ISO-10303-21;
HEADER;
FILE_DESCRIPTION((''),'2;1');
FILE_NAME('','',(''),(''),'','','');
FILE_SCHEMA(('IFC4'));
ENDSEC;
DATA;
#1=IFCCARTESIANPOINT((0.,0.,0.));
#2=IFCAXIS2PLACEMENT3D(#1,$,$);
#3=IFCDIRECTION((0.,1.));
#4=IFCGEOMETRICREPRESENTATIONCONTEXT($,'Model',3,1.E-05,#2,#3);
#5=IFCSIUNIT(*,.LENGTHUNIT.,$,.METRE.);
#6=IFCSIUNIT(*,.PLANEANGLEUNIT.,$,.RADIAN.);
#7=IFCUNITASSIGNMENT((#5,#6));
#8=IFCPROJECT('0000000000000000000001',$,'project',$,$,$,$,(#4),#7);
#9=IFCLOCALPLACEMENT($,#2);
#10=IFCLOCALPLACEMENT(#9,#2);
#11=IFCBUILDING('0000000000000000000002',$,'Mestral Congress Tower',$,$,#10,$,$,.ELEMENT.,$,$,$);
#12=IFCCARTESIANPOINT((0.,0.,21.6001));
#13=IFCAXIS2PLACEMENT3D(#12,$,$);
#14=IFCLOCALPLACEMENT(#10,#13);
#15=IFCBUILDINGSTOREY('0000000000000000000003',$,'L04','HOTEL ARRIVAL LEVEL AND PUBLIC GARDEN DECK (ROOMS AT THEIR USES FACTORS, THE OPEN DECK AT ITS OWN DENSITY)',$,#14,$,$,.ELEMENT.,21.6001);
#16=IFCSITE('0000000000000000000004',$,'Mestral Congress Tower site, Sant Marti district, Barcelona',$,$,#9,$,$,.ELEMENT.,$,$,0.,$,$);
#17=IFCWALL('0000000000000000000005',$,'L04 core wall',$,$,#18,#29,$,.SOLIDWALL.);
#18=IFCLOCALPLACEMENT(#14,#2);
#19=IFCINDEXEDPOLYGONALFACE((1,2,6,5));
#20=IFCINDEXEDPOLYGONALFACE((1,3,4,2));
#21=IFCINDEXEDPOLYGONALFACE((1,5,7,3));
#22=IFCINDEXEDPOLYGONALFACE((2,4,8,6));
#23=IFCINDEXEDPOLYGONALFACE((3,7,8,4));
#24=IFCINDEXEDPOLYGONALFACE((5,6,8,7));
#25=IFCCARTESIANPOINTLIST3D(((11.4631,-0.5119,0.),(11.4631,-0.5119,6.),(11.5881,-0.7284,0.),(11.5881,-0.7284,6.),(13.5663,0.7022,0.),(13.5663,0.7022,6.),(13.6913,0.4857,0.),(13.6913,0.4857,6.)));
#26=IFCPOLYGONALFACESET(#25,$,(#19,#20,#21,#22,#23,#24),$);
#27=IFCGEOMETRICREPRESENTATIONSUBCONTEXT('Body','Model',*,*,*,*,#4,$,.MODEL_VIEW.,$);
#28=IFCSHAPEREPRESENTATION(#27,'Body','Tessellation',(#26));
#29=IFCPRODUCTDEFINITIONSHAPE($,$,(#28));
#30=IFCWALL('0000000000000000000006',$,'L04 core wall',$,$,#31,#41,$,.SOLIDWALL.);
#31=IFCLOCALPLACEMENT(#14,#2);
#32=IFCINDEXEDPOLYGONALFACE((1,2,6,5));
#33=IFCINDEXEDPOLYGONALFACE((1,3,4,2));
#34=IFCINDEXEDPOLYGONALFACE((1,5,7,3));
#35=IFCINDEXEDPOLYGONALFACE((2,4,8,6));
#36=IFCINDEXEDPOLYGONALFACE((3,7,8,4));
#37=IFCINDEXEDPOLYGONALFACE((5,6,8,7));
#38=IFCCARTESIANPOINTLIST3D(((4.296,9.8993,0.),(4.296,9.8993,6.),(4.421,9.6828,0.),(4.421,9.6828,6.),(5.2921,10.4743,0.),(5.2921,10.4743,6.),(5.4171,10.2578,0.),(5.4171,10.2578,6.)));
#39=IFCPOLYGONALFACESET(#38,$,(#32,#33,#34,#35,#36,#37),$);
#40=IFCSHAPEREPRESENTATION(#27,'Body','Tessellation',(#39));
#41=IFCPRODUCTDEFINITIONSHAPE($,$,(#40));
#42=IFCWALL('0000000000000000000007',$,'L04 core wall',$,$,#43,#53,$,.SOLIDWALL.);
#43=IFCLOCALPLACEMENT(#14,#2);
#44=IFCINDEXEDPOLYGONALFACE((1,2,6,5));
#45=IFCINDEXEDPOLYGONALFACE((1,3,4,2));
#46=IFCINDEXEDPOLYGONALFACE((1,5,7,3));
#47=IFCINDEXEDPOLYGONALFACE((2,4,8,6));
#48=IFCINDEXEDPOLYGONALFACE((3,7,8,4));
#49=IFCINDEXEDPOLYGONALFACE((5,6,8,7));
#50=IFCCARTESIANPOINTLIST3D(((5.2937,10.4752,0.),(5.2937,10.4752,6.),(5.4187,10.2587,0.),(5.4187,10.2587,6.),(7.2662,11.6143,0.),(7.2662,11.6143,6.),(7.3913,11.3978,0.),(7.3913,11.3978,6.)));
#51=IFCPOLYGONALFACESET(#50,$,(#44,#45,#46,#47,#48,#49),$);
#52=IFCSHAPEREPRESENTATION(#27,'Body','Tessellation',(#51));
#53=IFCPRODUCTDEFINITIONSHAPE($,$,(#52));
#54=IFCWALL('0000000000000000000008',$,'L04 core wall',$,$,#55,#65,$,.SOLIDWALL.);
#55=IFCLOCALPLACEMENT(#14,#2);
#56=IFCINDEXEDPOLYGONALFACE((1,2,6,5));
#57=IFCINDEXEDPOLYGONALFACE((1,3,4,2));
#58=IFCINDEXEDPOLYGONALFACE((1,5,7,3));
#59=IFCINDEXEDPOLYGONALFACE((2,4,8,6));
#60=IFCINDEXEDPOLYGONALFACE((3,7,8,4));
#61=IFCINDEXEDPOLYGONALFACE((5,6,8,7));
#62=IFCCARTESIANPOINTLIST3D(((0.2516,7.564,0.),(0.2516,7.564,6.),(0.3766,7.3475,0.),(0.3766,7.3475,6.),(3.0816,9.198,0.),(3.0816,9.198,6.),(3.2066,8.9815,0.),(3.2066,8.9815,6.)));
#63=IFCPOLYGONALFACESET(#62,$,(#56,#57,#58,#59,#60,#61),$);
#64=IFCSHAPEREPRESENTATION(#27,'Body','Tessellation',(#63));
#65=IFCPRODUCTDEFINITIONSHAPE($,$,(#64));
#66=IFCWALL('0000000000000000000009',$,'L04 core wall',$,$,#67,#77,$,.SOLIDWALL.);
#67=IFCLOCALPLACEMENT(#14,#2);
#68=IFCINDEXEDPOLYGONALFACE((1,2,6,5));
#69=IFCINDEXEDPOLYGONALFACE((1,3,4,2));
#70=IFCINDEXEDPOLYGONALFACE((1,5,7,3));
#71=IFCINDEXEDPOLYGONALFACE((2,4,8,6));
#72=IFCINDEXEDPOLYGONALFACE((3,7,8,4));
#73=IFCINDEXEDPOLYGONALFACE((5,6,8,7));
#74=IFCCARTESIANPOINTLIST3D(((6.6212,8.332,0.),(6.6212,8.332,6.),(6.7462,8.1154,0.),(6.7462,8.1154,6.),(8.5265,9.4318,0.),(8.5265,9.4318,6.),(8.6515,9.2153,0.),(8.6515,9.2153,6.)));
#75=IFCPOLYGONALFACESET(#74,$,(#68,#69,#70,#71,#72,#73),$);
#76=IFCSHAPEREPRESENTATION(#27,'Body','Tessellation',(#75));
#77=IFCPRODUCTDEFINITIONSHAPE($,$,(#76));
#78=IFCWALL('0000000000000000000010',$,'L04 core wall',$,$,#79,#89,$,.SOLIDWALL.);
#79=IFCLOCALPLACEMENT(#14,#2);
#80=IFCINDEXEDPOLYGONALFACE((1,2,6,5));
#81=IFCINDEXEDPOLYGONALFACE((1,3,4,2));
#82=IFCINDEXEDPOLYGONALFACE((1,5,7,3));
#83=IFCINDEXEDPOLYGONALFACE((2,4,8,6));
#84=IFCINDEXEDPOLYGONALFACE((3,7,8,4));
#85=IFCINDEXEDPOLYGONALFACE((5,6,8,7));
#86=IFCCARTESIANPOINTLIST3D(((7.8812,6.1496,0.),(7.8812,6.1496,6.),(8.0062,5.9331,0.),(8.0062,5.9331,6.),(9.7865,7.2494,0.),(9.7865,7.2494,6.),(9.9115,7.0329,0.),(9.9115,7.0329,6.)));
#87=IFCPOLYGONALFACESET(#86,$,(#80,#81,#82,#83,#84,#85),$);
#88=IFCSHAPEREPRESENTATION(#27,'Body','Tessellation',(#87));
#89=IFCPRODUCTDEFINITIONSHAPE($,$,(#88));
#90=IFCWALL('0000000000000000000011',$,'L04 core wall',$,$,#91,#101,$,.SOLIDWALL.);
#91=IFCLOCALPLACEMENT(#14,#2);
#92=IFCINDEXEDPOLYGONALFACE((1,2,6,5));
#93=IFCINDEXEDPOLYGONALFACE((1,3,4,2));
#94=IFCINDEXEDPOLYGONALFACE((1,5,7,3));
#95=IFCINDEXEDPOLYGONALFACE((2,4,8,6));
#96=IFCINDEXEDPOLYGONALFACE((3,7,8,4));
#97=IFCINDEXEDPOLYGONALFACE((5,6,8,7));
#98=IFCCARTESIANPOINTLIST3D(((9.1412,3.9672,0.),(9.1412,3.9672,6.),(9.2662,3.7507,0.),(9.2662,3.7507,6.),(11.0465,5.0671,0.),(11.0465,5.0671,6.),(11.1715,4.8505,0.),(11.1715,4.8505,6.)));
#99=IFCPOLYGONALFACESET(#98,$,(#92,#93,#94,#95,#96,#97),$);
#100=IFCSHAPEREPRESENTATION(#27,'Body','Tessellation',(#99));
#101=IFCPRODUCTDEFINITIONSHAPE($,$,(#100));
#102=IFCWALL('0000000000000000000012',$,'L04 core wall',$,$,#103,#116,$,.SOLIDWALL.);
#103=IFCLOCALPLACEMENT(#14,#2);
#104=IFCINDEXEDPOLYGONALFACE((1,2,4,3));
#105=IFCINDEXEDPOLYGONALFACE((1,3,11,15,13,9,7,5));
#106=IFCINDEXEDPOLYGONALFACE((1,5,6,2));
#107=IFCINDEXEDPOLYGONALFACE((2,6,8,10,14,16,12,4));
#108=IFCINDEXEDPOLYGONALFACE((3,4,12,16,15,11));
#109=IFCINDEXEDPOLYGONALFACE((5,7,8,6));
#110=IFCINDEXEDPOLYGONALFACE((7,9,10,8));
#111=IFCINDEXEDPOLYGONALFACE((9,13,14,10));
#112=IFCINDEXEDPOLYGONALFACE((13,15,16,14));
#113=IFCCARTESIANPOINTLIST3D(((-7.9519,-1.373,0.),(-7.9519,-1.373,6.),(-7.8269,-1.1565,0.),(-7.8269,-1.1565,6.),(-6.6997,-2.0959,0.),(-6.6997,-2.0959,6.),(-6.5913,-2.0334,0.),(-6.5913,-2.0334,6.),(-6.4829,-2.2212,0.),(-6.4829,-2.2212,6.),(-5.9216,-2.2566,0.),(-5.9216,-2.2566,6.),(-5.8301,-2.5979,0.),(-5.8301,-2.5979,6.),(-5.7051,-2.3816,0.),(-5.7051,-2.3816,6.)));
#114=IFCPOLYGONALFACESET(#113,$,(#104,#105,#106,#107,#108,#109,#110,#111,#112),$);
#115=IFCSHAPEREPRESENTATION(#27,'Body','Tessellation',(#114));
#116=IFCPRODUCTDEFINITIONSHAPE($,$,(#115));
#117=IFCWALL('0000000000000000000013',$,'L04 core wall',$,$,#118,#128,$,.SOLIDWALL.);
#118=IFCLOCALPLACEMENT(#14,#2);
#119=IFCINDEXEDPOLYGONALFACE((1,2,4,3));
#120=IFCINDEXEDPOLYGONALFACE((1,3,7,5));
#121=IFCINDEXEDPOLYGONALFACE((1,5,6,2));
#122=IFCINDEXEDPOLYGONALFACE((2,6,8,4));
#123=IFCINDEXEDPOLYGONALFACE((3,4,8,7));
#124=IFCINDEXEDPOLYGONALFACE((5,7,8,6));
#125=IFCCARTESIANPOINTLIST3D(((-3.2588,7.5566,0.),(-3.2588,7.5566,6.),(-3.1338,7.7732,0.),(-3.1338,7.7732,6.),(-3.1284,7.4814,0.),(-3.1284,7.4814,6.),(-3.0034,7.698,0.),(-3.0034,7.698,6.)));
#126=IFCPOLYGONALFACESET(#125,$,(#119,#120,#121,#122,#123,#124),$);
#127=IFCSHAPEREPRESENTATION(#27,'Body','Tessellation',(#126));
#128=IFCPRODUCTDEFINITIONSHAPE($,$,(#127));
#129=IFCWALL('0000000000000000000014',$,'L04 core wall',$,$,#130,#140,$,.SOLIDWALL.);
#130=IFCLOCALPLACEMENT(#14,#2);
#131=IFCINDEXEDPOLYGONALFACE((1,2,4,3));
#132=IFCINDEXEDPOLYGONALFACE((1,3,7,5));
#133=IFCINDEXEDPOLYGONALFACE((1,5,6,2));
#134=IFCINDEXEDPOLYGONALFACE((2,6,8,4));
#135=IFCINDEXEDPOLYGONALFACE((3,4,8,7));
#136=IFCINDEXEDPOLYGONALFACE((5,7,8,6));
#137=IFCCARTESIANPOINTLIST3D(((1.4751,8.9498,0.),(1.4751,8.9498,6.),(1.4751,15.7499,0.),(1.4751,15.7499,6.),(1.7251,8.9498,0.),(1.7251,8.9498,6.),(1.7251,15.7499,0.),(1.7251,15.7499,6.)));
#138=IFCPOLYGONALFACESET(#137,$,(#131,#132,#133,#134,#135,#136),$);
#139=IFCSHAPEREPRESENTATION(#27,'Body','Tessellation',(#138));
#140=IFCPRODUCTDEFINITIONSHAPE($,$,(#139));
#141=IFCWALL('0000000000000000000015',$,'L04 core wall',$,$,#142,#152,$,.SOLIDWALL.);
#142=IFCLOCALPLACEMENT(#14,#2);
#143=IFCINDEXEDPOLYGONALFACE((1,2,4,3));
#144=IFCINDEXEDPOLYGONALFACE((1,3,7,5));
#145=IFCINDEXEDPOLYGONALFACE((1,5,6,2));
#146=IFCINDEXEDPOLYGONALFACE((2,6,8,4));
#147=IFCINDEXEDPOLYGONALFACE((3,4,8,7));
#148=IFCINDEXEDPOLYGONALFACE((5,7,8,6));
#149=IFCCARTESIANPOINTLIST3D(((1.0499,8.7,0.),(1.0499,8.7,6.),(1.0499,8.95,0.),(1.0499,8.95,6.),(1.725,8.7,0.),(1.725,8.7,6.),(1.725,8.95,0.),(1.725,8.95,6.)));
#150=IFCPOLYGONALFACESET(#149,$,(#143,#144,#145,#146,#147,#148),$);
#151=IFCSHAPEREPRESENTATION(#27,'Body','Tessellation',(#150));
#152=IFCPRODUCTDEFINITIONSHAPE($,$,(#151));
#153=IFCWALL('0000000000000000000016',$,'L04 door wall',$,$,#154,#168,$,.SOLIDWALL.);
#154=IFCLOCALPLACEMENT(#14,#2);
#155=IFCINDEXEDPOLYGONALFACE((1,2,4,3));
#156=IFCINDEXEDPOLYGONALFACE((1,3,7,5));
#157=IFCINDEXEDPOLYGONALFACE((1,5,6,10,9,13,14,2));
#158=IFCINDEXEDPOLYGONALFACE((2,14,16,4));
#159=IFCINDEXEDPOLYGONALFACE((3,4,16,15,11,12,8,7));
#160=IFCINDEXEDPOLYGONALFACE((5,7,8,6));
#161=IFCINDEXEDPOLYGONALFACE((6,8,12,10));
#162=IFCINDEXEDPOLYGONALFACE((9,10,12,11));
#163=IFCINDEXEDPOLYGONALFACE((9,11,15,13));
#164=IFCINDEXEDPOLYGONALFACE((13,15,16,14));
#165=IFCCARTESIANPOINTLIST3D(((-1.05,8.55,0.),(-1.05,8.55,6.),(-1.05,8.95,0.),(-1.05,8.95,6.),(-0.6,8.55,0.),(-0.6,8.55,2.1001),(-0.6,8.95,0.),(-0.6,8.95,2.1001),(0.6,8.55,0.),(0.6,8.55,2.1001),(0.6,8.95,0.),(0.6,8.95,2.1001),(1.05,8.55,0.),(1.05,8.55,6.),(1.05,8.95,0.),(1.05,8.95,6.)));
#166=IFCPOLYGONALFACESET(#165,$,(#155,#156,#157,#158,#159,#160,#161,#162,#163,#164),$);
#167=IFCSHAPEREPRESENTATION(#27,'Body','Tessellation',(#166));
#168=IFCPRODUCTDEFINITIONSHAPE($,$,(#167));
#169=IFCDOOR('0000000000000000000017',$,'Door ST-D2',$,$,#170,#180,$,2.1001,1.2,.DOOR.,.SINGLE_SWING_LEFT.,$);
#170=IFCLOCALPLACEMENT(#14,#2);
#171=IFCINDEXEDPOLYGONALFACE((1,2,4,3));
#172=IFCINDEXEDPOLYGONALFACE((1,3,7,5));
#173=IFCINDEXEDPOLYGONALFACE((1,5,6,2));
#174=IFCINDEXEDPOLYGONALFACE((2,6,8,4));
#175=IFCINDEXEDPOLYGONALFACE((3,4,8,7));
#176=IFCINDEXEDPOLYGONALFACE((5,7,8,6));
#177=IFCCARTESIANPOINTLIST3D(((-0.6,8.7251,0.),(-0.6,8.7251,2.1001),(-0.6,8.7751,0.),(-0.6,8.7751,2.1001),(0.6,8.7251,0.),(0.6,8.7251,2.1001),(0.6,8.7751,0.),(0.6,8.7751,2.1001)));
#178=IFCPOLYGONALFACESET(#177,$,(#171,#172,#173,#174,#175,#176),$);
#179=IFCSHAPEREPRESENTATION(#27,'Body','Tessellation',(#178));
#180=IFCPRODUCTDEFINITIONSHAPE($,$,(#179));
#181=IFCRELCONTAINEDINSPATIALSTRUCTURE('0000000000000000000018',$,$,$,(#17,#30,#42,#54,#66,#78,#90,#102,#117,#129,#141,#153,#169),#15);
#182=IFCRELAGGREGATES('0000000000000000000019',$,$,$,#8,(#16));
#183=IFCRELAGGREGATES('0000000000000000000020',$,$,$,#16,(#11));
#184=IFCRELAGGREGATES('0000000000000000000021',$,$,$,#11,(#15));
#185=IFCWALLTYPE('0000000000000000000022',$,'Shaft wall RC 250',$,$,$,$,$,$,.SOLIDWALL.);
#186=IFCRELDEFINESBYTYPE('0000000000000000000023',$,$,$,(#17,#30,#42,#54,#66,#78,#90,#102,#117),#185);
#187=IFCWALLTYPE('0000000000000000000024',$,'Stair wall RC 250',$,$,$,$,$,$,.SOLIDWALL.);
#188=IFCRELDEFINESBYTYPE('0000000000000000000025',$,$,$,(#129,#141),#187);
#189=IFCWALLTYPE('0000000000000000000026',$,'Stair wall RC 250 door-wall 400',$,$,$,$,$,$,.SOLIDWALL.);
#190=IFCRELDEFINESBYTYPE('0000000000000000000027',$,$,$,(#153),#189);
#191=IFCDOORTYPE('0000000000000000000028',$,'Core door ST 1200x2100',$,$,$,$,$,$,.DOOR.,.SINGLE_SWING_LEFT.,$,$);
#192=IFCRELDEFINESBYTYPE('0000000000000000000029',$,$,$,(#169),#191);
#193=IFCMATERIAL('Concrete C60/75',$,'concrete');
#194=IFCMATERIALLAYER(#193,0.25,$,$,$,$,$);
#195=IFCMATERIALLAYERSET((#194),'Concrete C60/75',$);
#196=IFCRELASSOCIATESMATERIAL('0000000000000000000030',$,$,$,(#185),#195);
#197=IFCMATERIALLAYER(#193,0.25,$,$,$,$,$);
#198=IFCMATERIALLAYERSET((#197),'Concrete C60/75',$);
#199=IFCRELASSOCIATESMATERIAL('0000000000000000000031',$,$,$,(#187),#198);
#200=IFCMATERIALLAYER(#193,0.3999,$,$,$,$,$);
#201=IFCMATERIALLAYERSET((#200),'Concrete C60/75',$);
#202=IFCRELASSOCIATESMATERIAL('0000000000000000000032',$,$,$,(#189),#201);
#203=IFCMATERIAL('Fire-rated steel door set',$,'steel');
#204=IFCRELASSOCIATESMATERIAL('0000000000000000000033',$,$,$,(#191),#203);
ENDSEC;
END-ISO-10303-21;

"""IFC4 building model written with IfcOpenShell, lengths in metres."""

from ifc_helpers import new_model, si_unit, direction, frame, frame_2d, origin, place, context, subcontext, project, spatial, polyline, rectangle, outline, extrude, material, layer, layer_set, type_object, element, fill, save


model = new_model("IFC4")

# Units and contexts
model_context = context("Model", 3, precision=1e-05, world=origin(), true_north=direction((0.0, 1.0)))
body_context = subcontext(model_context, "Body", "Model", "MODEL_VIEW")
ifc_project = project(units=[si_unit("LENGTHUNIT", "METRE"), si_unit("PLANEANGLEUNIT", "RADIAN")], contexts=[model_context])

# Site, building, storey
site_placement = place(None, origin())
site = spatial("IfcSite", under=ifc_project, at=site_placement, Name="Mestral Congress Tower site, Sant Marti district, Barcelona", CompositionType="ELEMENT", RefElevation=0.0)
building_placement = place(site_placement, origin())
building = spatial("IfcBuilding", under=site, at=building_placement, Name="Mestral Congress Tower", CompositionType="ELEMENT")
storey_placement = place(building_placement, frame((0.0, 0.0, 21.6001)))
storey = spatial("IfcBuildingStorey", under=building, at=storey_placement, Name="L04", Description="HOTEL ARRIVAL LEVEL AND PUBLIC GARDEN DECK (ROOMS AT THEIR USES FACTORS, THE OPEN DECK AT ITS OWN DENSITY)", CompositionType="ELEMENT", Elevation=21.6001)

# Shared definitions
ifc_material_1 = material(Name="Fire-rated steel door set", Category="steel")

# Walls
ifc_material_2 = material(Name="Concrete C60/75", Category="concrete")
ifc_layer_1 = layer(ifc_material_2, 0.25)
ifc_layer_set_1 = layer_set([ifc_layer_1], Name="Concrete C60/75")
wall_type_1 = type_object("IfcWallType", Name="Shaft wall RC 250", PredefinedType="SOLIDWALL", material=ifc_layer_set_1)
wall_1_placement = place(storey_placement, frame((13.6289, 0.594, 0.0), z_axis=(0.0, 0.0, 1.0), x_axis=(-0.866063, -0.499934, 0.0)))
element("IfcWall", 1, at=wall_1_placement, inside=storey, type_object=wall_type_1, Name="L04 core wall", PredefinedType="SOLIDWALL", context=body_context, shape_type="SweptSolid", body=[
    extrude(rectangle(XDim=2.4285, YDim=0.25, at=frame_2d((1.2144, 0.0))), origin(), (0.0, 0.0, 1.0), 6.0),
])
wall_2_placement = place(storey_placement, frame((4.3584, 9.791, 0.0), z_axis=(0.0, 0.0, 1.0), x_axis=(0.86608, 0.499906, 0.0)))
element("IfcWall", 2, at=wall_2_placement, inside=storey, type_object=wall_type_1, Name="L04 core wall", PredefinedType="SOLIDWALL", context=body_context, shape_type="SweptSolid", body=[
    extrude(rectangle(XDim=1.1501, YDim=0.25, at=frame_2d((0.5752, 0.0))), origin(), (0.0, 0.0, 1.0), 6.0),
])
wall_3_placement = place(storey_placement, frame((5.3562, 10.3669, 0.0), z_axis=(0.0, 0.0, 1.0), x_axis=(0.865979, 0.500081, 0.0)))
element("IfcWall", 3, at=wall_3_placement, inside=storey, type_object=wall_type_1, Name="L04 core wall", PredefinedType="SOLIDWALL", context=body_context, shape_type="SweptSolid", body=[
    extrude(rectangle(XDim=2.2778, YDim=0.25, at=frame_2d((1.1389, 0.0))), origin(), (0.0, 0.0, 1.0), 6.0),
])
wall_4_placement = place(storey_placement, frame((0.3142, 7.4558, 0.0), z_axis=(0.0, 0.0, 1.0), x_axis=(0.866014, 0.50002, 0.0)))
element("IfcWall", 4, at=wall_4_placement, inside=storey, type_object=wall_type_1, Name="L04 core wall", PredefinedType="SOLIDWALL", context=body_context, shape_type="SweptSolid", body=[
    extrude(rectangle(XDim=3.2678, YDim=0.25, at=frame_2d((1.6338, 0.0))), origin(), (0.0, 0.0, 1.0), 6.0),
])
for number, where, z_axis, x_axis, name in (
    (5, (6.6836, 8.2236, 0.0), (0.0, 0.0, 1.0), (0.866056, 0.499947, 0.0), "L04 core wall"),
    (6, (7.9436, 6.0413, 0.0), (0.0, 0.0, 1.0), (0.866056, 0.499947, 0.0), "L04 core wall"),
    (7, (9.2036, 3.8589, 0.0), (0.0, 0.0, 1.0), (0.866056, 0.499947, 0.0), "L04 core wall"),
):
    element("IfcWall", number, at=place(storey_placement, frame(where, z_axis=z_axis, x_axis=x_axis)), inside=storey, type_object=wall_type_1, Name=name, PredefinedType="SOLIDWALL", context=body_context, shape_type="SweptSolid", body=[
        extrude(rectangle(XDim=2.2, YDim=0.25, at=frame_2d((1.1001, 0.0))), origin(), (0.0, 0.0, 1.0), 6.0),
    ])
placement_1 = place(storey_placement, origin())
element("IfcWall", 8, at=placement_1, inside=storey, type_object=wall_type_1, Name="L04 core wall", PredefinedType="SOLIDWALL", context=body_context, shape_type="SweptSolid", body=[
    extrude(outline(polyline([(-5.9216, -2.2566), (-5.9216, -2.2566), (-5.7051, -2.3816), (-5.8301, -2.5979), (-6.4829, -2.2212), (-6.5913, -2.0334), (-6.5913, -2.0334), (-6.6997, -2.0959), (-7.9519, -1.373), (-7.8269, -1.1565), (-5.9216, -2.2566)])), origin(), (0.0, 0.0, 1.0), 6.0),
])
element("IfcWall", 9, at=placement_1, inside=storey, type_object=wall_type_1, Name="L04 core wall", PredefinedType="SOLIDWALL", context=body_context, shape_type="SweptSolid", body=[
    extrude(outline(polyline([(-3.1284, 7.4814), (-3.2588, 7.5566), (-3.1338, 7.7732), (-3.0034, 7.698), (-3.1284, 7.4814)])), origin(), (0.0, 0.0, 1.0), 6.0),
])
ifc_layer_2 = layer(ifc_material_2, 0.25)
ifc_layer_set_2 = layer_set([ifc_layer_2], Name="Concrete C60/75")
wall_type_2 = type_object("IfcWallType", Name="Stair wall RC 250", PredefinedType="SOLIDWALL", material=ifc_layer_set_2)
wall_5_placement = place(storey_placement, frame((1.6001, 8.95, 0.0), z_axis=(0.0, 0.0, 1.0), x_axis=(0.0, 1.0, 0.0)))
element("IfcWall", 10, at=wall_5_placement, inside=storey, type_object=wall_type_2, Name="L04 core wall", PredefinedType="SOLIDWALL", context=body_context, shape_type="SweptSolid", body=[
    extrude(rectangle(XDim=6.8, YDim=0.25, at=frame_2d((3.3999, 0.0))), origin(), (0.0, 0.0, 1.0), 6.0),
])
wall_6_placement = place(storey_placement, frame((1.05, 8.825, 0.0), z_axis=(0.0, 0.0, 1.0), x_axis=(1.0, 0.0, 0.0)))
element("IfcWall", 11, at=wall_6_placement, inside=storey, type_object=wall_type_2, Name="L04 core wall", PredefinedType="SOLIDWALL", context=body_context, shape_type="SweptSolid", body=[
    extrude(rectangle(XDim=0.675, YDim=0.25, at=frame_2d((0.3374, 0.0))), origin(), (0.0, 0.0, 1.0), 6.0),
])

# Wall, opening, door
ifc_layer_3 = layer(ifc_material_2, 0.3999)
ifc_layer_set_3 = layer_set([ifc_layer_3], Name="Concrete C60/75")
wall_type_3 = type_object("IfcWallType", Name="Stair wall RC 250 door-wall 400", PredefinedType="SOLIDWALL", material=ifc_layer_set_3)
wall_7_placement = place(storey_placement, frame((1.05, 8.75, 0.0), z_axis=(0.0, 0.0, 1.0), x_axis=(-1.0, 0.0, 0.0)))
wall_7 = element("IfcWall", 12, at=wall_7_placement, inside=storey, type_object=wall_type_3, Name="L04 door wall", PredefinedType="SOLIDWALL", context=body_context, shape_type="SweptSolid", body=[
    extrude(rectangle(XDim=2.1001, YDim=0.3999, at=frame_2d((1.05, 0.0))), origin(), (0.0, 0.0, 1.0), 6.0),
])
opening_1_placement = place(wall_7_placement, frame((0.45, 0.0, 0.0)))
opening_1 = element("IfcOpeningElement", 13, at=opening_1_placement, cuts=wall_7, PredefinedType="OPENING", context=body_context, shape_type="SweptSolid", body=[
    extrude(rectangle(XDim=1.2, YDim=2.1001, at=frame_2d((0.6001, 1.05))), frame((0.0, 0.21, 0.0), z_axis=(0.0, -1.0, 0.0), x_axis=(1.0, 0.0, 0.0)), (0.0, 0.0, 1.0), 0.4199),
])
door_type_1 = type_object("IfcDoorType", Name="Core door ST 1200x2100", OperationType="SINGLE_SWING_LEFT", PredefinedType="DOOR", material=ifc_material_1)
door_1_placement = place(opening_1_placement, origin())
door_1 = element("IfcDoor", 14, at=door_1_placement, inside=storey, type_object=door_type_1, Name="Door ST-D2", OperationType="SINGLE_SWING_LEFT", OverallHeight=2.1001, OverallWidth=1.2, PredefinedType="DOOR", context=body_context, shape_type="SweptSolid", body=[
    extrude(rectangle(XDim=1.2, YDim=2.1001, at=frame_2d((0.6001, 1.05))), frame((0.0, 0.0249, 0.0), z_axis=(0.0, -1.0, 0.0), x_axis=(1.0, 0.0, 0.0)), (0.0, 0.0, 1.0), 0.05),
])
fill(opening_1, door_1)

save(model, "model.ifc")
